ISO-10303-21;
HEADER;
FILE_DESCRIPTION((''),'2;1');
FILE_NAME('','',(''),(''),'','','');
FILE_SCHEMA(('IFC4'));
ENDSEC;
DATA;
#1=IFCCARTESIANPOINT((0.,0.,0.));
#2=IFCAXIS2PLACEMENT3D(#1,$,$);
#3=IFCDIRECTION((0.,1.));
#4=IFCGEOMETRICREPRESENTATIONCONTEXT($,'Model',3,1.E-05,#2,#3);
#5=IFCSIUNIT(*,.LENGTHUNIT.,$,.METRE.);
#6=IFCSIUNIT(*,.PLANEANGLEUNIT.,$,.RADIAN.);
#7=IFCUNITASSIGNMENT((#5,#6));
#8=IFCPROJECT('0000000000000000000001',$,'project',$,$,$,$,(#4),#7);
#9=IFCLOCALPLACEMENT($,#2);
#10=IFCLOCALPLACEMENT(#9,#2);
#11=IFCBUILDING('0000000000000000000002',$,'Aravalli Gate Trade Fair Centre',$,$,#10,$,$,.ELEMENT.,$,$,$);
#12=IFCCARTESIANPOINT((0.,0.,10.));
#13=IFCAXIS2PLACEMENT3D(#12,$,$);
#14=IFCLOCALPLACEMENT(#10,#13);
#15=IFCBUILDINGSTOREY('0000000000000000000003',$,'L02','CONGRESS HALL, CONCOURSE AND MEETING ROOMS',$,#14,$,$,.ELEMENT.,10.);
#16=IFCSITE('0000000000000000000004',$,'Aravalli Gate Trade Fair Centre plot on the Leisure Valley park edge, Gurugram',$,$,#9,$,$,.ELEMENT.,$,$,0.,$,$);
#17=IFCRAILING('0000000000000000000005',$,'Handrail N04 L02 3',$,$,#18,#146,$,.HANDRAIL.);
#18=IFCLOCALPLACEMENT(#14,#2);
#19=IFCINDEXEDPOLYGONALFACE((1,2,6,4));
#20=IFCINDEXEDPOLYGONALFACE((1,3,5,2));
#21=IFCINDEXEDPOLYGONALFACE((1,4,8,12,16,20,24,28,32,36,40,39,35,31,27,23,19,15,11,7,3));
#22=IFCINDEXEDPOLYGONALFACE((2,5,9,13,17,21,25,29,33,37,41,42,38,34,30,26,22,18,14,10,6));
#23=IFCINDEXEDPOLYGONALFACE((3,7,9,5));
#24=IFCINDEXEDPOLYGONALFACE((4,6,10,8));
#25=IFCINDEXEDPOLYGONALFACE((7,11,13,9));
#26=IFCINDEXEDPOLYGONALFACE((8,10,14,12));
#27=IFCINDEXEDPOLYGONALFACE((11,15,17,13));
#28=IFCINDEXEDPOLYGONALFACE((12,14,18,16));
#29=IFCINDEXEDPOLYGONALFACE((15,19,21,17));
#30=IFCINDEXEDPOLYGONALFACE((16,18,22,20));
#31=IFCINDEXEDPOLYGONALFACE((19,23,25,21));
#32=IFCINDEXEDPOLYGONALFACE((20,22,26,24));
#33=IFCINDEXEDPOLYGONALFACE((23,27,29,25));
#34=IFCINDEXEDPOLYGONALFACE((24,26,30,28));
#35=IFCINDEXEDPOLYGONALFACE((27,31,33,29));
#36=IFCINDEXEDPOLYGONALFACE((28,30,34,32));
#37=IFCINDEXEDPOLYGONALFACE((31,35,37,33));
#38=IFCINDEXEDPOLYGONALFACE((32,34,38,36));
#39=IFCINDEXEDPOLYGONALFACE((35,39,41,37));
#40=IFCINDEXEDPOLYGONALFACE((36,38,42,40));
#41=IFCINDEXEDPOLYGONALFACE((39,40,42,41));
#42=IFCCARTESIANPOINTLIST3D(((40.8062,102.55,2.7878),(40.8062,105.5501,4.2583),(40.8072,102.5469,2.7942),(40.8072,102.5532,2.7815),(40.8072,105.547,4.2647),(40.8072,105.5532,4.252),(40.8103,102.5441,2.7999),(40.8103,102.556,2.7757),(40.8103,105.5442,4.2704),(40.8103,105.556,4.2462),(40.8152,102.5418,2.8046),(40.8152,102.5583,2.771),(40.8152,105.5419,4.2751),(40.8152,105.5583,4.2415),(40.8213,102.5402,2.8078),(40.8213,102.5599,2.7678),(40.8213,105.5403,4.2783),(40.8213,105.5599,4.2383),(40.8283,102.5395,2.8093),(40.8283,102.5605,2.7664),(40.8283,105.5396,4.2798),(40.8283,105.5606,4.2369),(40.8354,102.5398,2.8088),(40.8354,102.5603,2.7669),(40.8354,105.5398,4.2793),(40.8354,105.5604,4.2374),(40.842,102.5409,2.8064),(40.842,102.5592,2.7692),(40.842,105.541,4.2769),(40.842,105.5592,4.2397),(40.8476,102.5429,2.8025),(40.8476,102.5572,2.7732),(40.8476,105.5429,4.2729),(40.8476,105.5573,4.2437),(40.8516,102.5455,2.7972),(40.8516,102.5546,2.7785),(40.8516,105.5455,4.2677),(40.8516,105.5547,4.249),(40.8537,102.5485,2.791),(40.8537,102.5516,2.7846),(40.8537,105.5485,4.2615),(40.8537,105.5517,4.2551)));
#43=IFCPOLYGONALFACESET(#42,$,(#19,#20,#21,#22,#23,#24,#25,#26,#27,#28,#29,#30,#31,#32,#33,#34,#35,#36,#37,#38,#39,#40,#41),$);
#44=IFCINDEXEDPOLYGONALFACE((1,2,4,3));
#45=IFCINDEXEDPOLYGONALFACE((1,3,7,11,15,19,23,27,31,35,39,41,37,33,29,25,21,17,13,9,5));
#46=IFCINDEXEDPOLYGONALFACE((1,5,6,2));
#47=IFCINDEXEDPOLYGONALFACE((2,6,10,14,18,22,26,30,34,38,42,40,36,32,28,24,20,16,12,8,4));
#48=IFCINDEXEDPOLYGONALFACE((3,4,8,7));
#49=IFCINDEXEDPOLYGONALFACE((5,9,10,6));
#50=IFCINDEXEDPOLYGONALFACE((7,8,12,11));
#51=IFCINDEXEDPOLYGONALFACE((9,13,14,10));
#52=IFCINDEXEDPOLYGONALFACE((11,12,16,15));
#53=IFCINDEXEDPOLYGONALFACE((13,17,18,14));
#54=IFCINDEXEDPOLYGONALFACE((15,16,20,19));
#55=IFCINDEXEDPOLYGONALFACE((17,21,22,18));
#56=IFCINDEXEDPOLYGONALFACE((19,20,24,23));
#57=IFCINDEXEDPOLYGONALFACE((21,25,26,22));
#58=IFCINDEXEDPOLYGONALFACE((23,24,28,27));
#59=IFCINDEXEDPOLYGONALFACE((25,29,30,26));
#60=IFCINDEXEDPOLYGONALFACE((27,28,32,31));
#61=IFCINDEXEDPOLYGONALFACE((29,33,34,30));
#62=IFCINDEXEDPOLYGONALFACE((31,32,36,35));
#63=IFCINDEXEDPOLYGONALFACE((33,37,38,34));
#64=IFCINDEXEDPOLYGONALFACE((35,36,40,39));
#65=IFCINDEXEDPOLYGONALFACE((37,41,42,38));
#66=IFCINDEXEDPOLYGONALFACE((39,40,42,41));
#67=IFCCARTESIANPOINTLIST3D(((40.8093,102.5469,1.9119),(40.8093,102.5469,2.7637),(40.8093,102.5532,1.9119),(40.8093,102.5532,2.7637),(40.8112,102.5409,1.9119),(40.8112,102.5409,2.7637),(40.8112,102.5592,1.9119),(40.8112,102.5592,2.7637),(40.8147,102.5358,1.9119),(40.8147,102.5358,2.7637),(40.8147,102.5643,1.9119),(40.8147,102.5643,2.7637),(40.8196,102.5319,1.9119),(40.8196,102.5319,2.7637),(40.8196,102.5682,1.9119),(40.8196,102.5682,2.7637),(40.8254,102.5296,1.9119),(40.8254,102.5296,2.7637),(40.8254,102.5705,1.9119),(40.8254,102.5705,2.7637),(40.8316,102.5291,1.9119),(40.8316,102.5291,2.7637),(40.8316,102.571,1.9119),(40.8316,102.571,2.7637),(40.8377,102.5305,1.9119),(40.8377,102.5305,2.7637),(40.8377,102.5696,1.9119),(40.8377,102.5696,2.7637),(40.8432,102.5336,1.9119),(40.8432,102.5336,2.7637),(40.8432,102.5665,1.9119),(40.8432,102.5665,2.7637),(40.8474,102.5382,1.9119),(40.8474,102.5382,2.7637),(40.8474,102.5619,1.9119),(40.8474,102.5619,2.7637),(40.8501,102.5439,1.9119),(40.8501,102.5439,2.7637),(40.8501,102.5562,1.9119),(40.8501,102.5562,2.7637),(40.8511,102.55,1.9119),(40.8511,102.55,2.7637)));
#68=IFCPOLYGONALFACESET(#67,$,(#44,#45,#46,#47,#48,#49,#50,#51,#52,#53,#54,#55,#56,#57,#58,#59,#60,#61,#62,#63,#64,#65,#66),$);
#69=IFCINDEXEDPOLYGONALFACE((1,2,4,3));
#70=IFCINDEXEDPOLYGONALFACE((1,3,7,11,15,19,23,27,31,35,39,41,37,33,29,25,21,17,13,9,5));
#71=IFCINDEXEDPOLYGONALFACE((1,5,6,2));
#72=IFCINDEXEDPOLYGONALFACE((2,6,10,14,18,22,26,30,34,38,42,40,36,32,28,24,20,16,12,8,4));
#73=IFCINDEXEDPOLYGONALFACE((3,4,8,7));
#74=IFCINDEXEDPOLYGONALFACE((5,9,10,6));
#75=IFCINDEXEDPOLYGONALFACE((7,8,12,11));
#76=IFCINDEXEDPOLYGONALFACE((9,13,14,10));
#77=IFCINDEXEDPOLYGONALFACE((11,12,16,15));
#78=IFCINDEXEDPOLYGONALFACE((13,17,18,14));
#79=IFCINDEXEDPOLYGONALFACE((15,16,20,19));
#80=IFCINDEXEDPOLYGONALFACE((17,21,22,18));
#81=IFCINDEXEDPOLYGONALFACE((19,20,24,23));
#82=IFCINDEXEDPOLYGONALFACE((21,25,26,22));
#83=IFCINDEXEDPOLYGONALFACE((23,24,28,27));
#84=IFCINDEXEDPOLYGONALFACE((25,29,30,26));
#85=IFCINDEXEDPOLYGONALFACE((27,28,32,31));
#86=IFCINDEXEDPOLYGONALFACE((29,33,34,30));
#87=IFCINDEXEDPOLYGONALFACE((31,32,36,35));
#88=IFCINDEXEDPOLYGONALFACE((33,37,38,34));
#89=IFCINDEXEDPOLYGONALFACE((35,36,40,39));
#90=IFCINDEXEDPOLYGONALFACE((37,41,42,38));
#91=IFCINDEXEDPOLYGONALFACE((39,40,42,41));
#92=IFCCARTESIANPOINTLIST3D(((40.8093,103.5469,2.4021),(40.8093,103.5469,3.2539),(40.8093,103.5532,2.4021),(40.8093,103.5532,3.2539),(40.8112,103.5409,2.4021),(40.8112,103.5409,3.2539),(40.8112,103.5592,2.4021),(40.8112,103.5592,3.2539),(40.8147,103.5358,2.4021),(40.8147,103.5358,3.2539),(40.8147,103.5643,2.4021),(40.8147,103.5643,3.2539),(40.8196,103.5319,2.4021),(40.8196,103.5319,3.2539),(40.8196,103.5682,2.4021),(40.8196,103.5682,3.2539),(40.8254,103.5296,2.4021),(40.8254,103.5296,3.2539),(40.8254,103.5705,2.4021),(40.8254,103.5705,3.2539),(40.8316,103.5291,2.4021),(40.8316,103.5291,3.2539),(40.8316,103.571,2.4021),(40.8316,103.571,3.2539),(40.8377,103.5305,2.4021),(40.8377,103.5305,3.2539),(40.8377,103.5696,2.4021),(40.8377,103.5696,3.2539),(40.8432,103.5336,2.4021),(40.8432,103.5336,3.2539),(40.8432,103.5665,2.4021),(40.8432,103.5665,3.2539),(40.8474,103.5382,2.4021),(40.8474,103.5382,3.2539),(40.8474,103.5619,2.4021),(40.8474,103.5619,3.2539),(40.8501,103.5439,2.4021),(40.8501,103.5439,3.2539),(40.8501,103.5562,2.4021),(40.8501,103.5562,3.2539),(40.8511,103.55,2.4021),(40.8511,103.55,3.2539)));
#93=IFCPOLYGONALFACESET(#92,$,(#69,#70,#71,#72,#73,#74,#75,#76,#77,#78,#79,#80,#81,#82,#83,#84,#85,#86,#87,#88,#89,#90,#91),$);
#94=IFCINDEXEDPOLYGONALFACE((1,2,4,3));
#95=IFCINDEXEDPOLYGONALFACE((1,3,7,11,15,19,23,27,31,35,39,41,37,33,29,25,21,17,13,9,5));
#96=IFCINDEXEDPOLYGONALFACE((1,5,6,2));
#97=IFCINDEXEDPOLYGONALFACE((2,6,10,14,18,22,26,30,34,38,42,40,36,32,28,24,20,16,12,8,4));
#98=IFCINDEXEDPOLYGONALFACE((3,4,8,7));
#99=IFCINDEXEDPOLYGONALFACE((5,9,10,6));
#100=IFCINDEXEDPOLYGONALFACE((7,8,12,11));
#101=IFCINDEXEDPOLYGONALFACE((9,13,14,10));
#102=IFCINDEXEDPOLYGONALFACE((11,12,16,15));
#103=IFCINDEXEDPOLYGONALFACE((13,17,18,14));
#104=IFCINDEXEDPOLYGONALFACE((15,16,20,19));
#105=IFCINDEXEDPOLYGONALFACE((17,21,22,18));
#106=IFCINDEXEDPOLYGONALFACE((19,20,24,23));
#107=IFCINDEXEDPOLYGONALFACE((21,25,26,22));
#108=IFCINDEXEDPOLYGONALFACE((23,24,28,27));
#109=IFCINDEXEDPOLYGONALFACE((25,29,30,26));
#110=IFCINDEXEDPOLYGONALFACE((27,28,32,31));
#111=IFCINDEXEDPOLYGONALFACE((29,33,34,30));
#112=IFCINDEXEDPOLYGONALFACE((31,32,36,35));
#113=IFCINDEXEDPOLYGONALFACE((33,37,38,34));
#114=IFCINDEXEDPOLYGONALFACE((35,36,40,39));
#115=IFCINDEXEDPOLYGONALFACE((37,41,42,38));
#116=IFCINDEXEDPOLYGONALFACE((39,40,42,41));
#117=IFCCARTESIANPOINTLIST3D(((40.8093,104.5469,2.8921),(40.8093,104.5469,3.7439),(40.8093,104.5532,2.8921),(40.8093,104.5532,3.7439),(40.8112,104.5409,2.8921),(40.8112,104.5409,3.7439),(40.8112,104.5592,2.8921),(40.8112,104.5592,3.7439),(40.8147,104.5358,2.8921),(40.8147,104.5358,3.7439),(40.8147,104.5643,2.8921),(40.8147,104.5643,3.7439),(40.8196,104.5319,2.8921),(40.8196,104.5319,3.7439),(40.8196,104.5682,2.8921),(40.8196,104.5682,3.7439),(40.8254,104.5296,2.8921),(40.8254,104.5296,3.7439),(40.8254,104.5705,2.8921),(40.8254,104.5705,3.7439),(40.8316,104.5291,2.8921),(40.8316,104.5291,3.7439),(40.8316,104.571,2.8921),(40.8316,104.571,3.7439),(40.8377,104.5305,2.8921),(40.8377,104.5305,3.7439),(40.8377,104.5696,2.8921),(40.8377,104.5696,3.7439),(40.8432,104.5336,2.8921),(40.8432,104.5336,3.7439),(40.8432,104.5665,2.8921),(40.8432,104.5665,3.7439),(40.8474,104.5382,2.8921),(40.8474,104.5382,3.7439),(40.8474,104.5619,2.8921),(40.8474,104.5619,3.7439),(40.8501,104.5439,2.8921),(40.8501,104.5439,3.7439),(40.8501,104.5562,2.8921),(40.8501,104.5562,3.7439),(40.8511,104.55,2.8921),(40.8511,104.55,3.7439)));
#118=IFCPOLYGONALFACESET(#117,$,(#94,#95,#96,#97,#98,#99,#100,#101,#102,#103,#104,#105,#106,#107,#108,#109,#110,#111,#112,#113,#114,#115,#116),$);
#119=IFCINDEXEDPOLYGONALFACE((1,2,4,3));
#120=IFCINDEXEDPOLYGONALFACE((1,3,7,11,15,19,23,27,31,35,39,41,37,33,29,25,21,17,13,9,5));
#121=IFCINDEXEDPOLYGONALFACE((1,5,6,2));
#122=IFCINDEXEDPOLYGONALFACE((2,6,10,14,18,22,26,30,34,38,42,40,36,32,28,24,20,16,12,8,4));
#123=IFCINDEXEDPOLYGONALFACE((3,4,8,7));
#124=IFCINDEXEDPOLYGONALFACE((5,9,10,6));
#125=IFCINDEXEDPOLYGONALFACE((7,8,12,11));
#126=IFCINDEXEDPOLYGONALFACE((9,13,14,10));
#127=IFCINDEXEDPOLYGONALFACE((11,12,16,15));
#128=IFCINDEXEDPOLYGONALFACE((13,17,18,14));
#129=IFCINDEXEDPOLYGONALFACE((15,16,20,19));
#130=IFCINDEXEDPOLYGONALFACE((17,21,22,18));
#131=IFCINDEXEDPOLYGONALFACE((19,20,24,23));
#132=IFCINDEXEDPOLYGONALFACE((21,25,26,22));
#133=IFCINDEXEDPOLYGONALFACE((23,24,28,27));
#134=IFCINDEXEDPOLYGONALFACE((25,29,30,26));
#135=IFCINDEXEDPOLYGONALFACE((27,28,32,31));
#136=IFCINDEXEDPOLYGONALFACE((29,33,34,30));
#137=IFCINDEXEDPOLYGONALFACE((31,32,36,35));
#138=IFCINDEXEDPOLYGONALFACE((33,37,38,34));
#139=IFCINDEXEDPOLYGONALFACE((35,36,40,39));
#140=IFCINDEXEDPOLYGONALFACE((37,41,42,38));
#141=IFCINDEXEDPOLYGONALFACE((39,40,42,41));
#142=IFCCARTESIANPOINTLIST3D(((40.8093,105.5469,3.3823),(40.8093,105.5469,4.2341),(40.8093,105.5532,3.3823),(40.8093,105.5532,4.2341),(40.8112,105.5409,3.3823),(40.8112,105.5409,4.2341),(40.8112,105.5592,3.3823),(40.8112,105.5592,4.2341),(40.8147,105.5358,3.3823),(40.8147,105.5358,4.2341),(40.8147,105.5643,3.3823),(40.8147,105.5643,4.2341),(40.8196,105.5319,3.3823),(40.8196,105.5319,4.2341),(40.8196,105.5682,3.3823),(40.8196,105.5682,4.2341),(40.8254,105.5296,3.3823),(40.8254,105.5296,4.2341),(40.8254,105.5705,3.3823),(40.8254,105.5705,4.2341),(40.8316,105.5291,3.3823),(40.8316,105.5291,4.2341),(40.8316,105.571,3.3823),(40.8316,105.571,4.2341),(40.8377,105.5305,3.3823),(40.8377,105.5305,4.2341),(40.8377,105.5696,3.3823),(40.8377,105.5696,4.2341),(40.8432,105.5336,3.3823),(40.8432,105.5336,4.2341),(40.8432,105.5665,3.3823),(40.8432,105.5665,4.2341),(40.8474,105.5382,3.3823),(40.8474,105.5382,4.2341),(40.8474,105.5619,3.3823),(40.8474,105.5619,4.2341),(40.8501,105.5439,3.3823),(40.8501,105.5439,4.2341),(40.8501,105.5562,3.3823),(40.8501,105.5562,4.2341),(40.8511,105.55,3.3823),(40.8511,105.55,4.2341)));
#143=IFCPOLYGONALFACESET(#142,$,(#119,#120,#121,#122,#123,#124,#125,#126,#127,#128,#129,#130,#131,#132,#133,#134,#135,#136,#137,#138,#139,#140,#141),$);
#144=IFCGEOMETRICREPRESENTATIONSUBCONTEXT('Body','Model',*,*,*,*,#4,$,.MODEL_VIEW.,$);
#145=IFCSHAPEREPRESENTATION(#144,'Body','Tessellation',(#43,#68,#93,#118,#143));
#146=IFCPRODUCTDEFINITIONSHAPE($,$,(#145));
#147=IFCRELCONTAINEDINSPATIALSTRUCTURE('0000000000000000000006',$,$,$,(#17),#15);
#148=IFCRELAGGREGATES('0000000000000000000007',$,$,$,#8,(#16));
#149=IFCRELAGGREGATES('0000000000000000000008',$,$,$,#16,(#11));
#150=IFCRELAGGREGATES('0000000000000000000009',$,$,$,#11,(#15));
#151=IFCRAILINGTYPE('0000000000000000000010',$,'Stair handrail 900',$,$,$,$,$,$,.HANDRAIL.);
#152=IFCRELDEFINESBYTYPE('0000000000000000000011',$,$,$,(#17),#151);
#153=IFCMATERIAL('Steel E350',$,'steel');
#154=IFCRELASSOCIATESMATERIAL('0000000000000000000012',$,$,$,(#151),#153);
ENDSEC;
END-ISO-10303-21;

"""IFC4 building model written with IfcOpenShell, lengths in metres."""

from ifc_helpers import new_model, si_unit, direction, frame, origin, origin_2d, place, context, subcontext, project, spatial, circle, extrude, material, type_object, element, save


model = new_model("IFC4")

# Units and contexts
model_context = context("Model", 3, precision=1e-05, world=origin(), true_north=direction((0.0, 1.0)))
body_context = subcontext(model_context, "Body", "Model", "MODEL_VIEW")
ifc_project = project(units=[si_unit("LENGTHUNIT", "METRE"), si_unit("PLANEANGLEUNIT", "RADIAN")], contexts=[model_context])

# Site, building, storey
site_placement = place(None, origin())
site = spatial("IfcSite", under=ifc_project, at=site_placement, Name="Aravalli Gate Trade Fair Centre plot on the Leisure Valley park edge, Gurugram", CompositionType="ELEMENT", RefElevation=0.0)
building_placement = place(site_placement, origin())
building = spatial("IfcBuilding", under=site, at=building_placement, Name="Aravalli Gate Trade Fair Centre", CompositionType="ELEMENT")
storey_placement = place(building_placement, frame((0.0, 0.0, 10.0)))
storey = spatial("IfcBuildingStorey", under=building, at=storey_placement, Name="L02", Description="CONGRESS HALL, CONCOURSE AND MEETING ROOMS", CompositionType="ELEMENT", Elevation=10.0)

# Shared definitions
ifc_material_1 = material(Name="Steel E350", Category="steel")

# Railing
railing_type_1 = type_object("IfcRailingType", Name="Stair handrail 900", PredefinedType="HANDRAIL", material=ifc_material_1)
for number, where, name in (
    (1, (40.8301, 102.55, 1.9119), "Handrail N04 L02 3"),
):
    element("IfcRailing", number, at=place(storey_placement, frame(where)), inside=storey, type_object=railing_type_1, Name=name, PredefinedType="HANDRAIL", context=body_context, shape_type="SweptSolid", body=[
        extrude(circle(Radius=0.0239, at=origin_2d()), frame((0.0, 0.0, 0.876), z_axis=(0.0, 0.897936, 0.440126), x_axis=(-1.0, 0.0, 0.0)), (0.0, 0.0, 1.0), 3.3411),
        extrude(circle(Radius=0.021, at=origin_2d()), origin(), (0.0, 0.0, 1.0), 0.8518),
        extrude(circle(Radius=0.021, at=origin_2d()), frame((0.0, 1.0, 0.4902)), (0.0, 0.0, 1.0), 0.8518),
        extrude(circle(Radius=0.021, at=origin_2d()), frame((0.0, 2.0, 0.9802)), (0.0, 0.0, 1.0), 0.8518),
        extrude(circle(Radius=0.021, at=origin_2d()), frame((0.0, 3.0, 1.4705)), (0.0, 0.0, 1.0), 0.8518),
    ])

save(model, "model.ifc")
